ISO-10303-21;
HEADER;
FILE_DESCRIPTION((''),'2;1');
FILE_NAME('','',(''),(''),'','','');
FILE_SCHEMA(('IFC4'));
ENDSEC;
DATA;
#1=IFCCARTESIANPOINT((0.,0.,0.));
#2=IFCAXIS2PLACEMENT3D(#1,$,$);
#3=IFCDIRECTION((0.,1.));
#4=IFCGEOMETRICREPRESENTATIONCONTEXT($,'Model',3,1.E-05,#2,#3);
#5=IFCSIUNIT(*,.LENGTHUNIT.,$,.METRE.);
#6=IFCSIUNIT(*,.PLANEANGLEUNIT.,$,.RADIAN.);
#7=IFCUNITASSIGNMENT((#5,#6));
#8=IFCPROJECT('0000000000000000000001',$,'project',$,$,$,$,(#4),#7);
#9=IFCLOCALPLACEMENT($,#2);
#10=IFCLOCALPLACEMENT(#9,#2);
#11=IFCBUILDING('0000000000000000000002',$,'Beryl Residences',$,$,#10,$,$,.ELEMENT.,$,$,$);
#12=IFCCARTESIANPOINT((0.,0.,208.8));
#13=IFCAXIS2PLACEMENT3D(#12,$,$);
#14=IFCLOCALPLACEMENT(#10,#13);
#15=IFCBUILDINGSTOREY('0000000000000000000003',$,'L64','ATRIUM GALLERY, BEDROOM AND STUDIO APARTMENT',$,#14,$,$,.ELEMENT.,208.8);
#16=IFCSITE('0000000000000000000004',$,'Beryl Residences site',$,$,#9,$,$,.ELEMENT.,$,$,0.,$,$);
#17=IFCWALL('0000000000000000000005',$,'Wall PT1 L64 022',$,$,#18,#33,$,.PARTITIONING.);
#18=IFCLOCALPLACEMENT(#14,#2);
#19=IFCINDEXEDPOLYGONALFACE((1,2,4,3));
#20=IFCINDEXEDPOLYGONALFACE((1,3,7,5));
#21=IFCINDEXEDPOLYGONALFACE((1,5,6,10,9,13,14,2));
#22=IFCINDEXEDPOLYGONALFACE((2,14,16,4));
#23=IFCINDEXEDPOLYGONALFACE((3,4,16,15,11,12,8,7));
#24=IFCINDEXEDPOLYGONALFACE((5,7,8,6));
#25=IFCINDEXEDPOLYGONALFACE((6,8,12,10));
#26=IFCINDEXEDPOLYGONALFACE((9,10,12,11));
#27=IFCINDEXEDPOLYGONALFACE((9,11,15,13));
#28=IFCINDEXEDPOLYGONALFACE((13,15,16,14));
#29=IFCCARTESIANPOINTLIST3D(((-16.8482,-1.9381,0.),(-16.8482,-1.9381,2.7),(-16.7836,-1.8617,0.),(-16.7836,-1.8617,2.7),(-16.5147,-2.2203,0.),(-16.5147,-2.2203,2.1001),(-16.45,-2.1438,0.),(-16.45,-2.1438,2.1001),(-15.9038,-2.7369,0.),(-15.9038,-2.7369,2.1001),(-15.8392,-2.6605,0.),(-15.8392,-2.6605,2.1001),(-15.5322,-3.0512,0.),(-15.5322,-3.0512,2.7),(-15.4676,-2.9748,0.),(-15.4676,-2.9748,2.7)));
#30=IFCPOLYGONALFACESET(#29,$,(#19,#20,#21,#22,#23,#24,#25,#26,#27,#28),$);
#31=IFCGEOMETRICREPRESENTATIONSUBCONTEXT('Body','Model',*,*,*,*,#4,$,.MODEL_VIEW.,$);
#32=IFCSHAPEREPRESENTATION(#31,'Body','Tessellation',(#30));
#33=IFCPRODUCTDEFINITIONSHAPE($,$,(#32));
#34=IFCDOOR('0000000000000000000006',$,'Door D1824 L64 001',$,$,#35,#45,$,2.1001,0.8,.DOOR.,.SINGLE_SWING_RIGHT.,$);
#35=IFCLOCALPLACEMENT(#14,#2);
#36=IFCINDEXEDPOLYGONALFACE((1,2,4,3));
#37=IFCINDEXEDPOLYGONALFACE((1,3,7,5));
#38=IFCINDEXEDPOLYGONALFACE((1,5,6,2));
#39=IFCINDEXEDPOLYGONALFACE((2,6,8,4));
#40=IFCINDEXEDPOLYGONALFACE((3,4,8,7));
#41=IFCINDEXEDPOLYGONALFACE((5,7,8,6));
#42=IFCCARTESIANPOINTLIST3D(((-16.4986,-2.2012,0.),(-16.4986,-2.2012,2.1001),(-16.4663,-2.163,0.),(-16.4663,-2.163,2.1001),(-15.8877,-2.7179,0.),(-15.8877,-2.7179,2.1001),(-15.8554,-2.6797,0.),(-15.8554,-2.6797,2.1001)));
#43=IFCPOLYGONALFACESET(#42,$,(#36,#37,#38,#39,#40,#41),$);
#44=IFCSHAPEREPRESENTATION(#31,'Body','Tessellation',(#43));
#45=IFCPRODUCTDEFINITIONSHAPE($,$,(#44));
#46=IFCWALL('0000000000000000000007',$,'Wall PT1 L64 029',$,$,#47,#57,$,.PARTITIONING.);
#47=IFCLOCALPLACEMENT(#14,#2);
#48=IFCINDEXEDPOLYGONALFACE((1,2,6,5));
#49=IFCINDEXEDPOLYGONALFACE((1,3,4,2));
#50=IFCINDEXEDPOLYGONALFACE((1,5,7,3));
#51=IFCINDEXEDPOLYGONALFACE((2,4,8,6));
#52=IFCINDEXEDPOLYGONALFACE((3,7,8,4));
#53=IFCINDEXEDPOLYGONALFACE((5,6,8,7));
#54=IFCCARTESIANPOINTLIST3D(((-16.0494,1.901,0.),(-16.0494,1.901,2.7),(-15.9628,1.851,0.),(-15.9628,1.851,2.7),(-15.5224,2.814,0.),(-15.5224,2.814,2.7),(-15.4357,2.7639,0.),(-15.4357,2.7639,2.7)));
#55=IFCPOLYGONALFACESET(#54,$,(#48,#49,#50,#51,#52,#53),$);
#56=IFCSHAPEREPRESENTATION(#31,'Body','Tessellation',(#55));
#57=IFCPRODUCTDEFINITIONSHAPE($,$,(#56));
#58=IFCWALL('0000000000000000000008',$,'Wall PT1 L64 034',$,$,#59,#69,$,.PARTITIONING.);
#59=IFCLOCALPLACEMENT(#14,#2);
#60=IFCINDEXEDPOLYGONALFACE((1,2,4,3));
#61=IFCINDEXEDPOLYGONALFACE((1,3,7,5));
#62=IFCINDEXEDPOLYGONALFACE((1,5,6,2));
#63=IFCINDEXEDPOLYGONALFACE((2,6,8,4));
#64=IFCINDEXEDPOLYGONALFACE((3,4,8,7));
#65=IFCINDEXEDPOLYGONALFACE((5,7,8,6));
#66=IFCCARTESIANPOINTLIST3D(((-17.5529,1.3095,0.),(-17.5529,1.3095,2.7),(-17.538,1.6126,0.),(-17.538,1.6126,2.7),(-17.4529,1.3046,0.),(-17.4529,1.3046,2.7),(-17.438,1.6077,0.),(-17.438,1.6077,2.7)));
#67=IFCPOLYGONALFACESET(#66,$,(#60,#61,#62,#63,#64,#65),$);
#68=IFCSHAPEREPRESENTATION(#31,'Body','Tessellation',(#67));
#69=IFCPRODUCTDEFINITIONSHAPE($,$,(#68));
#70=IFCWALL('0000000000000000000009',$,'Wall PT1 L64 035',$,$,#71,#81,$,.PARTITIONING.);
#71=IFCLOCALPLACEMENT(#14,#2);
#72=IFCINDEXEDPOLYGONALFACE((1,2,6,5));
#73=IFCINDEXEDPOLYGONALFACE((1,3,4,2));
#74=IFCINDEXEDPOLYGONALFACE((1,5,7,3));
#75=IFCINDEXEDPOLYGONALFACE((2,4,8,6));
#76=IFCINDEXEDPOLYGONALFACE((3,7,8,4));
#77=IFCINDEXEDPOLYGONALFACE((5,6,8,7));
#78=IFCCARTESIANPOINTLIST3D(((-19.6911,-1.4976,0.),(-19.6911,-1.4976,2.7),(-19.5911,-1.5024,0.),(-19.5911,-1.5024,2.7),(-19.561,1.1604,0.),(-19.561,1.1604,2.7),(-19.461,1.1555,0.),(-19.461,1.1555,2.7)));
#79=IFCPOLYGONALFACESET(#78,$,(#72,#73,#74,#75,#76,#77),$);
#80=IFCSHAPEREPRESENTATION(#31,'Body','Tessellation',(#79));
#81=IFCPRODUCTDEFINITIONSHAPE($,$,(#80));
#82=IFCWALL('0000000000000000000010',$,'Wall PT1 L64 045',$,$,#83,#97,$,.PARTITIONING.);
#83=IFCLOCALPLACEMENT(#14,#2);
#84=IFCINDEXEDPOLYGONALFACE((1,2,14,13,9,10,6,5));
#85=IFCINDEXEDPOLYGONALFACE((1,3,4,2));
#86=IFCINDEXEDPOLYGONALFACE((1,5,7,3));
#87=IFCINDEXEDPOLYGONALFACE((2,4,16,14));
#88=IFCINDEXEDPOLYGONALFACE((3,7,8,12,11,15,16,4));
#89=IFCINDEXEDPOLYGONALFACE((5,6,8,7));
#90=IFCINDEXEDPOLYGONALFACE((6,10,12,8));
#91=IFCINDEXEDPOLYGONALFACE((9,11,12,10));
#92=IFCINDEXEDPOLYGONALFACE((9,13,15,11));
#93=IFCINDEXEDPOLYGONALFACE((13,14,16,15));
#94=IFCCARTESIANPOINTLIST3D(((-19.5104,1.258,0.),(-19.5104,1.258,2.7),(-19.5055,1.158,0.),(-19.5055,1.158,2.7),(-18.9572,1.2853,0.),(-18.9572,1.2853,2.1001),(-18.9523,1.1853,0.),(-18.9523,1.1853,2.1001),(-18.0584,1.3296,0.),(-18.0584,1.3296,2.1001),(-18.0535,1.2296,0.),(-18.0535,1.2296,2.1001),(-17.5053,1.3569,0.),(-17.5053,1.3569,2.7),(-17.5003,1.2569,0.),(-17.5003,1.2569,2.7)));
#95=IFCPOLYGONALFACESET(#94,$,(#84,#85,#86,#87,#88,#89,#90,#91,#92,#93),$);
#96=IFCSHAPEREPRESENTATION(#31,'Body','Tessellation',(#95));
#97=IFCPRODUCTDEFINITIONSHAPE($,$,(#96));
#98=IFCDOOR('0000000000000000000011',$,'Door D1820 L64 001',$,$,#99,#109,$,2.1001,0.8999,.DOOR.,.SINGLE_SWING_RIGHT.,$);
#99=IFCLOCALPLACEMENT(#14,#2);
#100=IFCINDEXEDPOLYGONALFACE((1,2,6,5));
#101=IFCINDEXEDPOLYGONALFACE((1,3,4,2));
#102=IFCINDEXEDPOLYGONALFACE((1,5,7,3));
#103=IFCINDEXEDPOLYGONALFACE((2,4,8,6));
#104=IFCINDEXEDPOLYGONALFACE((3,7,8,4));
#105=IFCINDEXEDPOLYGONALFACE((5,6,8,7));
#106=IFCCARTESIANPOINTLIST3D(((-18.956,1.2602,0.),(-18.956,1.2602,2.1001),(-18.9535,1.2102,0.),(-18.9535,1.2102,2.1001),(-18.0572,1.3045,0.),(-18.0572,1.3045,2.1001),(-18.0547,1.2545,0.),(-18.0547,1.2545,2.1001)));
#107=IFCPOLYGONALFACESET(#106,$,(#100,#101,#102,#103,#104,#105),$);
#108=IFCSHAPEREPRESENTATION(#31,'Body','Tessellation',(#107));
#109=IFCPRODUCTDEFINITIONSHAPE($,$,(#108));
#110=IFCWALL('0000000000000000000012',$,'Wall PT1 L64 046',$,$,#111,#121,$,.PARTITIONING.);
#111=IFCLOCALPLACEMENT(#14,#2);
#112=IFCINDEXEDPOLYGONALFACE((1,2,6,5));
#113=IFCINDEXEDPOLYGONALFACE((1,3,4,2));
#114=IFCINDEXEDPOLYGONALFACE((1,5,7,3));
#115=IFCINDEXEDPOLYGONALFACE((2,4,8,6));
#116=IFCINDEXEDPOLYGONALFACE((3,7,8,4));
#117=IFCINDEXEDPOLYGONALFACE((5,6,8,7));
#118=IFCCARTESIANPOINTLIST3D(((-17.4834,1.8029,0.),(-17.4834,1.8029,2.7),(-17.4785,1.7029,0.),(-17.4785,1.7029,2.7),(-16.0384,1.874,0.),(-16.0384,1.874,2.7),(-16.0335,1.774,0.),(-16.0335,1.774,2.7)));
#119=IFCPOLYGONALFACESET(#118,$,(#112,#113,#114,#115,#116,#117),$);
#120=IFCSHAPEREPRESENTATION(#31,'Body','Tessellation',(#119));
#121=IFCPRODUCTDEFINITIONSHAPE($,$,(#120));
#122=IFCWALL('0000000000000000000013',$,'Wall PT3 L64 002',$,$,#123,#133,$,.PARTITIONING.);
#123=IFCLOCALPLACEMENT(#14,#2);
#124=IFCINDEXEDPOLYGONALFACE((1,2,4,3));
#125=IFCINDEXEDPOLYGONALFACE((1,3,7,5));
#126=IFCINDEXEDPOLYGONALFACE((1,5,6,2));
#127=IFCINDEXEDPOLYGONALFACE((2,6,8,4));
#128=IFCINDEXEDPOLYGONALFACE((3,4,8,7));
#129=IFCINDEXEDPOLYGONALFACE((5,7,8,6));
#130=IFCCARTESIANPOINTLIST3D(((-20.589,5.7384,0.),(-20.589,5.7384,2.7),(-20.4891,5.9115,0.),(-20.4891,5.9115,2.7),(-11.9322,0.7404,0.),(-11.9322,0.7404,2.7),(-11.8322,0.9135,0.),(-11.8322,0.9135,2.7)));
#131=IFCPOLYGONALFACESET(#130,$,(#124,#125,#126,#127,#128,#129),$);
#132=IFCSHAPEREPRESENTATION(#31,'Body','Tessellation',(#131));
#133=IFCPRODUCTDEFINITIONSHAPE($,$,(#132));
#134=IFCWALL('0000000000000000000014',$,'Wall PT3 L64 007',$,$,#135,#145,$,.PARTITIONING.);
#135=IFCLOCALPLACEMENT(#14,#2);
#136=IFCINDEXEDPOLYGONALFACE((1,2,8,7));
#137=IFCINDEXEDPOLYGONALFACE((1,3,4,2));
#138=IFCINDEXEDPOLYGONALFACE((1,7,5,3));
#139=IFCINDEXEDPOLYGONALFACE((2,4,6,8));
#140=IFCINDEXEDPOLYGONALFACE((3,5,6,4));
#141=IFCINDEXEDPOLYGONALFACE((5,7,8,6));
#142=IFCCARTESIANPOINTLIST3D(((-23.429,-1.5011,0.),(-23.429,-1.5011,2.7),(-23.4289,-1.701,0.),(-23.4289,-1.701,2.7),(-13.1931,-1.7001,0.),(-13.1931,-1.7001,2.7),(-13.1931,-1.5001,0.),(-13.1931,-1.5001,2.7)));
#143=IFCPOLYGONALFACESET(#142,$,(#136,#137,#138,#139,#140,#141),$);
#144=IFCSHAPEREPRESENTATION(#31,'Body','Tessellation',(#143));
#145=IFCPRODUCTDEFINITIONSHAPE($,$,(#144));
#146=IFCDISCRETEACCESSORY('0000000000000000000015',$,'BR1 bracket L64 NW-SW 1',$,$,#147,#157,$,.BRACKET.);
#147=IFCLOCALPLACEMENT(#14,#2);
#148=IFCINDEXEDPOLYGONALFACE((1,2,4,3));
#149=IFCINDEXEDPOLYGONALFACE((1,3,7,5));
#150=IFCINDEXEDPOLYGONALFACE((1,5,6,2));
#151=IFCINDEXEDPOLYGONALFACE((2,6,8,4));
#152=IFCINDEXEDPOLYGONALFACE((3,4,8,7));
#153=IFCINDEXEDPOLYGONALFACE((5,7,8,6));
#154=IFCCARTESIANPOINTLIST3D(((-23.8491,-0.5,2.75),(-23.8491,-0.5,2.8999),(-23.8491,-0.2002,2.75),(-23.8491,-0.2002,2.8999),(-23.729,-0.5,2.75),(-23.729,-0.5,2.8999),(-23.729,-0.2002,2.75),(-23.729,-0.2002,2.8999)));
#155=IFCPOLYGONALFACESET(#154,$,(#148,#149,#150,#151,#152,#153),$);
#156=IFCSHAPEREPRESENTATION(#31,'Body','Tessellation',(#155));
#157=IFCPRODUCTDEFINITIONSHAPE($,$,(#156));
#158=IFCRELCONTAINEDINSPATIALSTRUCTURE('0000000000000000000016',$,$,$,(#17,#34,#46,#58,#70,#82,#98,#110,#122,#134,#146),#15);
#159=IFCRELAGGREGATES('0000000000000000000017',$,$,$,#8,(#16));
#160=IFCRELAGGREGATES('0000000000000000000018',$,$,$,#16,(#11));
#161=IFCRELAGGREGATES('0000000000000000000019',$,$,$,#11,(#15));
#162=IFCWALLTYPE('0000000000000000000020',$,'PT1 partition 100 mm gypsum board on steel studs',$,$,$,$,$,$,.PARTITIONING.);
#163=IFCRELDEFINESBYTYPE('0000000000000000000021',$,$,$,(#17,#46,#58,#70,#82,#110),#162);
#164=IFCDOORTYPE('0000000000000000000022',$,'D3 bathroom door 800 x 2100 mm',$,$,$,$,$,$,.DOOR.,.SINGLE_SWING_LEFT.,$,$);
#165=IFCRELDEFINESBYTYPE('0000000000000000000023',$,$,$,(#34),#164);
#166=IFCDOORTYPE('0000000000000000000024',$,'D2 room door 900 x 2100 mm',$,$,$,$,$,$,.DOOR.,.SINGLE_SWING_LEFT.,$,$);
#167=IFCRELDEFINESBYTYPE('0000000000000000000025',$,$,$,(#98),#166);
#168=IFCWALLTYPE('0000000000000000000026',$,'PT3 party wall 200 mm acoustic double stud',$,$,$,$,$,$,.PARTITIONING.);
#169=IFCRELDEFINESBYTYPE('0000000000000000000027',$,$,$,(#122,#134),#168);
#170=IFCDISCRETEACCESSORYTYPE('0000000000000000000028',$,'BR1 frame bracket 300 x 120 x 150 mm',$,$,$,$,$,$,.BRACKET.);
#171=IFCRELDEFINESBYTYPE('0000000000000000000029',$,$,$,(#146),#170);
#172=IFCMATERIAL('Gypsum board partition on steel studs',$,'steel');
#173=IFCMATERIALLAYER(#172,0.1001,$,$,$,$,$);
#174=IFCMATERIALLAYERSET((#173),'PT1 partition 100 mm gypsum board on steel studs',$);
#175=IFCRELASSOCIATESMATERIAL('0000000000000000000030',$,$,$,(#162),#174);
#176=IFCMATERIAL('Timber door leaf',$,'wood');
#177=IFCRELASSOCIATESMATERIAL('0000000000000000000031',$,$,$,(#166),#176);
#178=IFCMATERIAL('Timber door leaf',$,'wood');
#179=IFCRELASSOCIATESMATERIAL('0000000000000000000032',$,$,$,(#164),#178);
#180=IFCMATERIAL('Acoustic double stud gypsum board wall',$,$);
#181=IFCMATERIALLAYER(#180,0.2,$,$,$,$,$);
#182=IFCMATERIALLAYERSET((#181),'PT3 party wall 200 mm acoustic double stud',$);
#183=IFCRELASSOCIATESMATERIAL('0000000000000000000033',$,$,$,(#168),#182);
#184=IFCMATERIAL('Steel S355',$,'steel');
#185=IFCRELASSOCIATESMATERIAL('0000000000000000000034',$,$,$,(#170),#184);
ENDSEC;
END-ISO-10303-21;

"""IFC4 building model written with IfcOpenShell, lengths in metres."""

from ifc_helpers import new_model, si_unit, direction, frame, frame_2d, origin, place, context, subcontext, project, spatial, polyline, rectangle, outline, extrude, source, transform, mapped, material, layer, layer_set, type_object, type_shapes, element, fill, save


model = new_model("IFC4")

# Units and contexts
model_context = context("Model", 3, precision=1e-05, world=origin(), true_north=direction((0.0, 1.0)))
body_context = subcontext(model_context, "Body", "Model", "MODEL_VIEW")
ifc_project = project(units=[si_unit("LENGTHUNIT", "METRE"), si_unit("PLANEANGLEUNIT", "RADIAN")], contexts=[model_context])

# Site, building, storey
site_placement = place(None, origin())
site = spatial("IfcSite", under=ifc_project, at=site_placement, Name="Beryl Residences site", CompositionType="ELEMENT", RefElevation=0.0)
building_placement = place(site_placement, origin())
building = spatial("IfcBuilding", under=site, at=building_placement, Name="Beryl Residences", CompositionType="ELEMENT")
storey_placement = place(building_placement, frame((0.0, 0.0, 208.8)))
storey = spatial("IfcBuildingStorey", under=building, at=storey_placement, Name="L64", Description="ATRIUM GALLERY, BEDROOM AND STUDIO APARTMENT", CompositionType="ELEMENT", Elevation=208.8)

# Wall, opening, door
ifc_material_1 = material(Name="Gypsum board partition on steel studs", Category="steel")
ifc_layer_1 = layer(ifc_material_1, 0.1001)
ifc_layer_set_1 = layer_set([ifc_layer_1], Name="PT1 partition 100 mm gypsum board on steel studs")
wall_type_1 = type_object("IfcWallType", Name="PT1 partition 100 mm gypsum board on steel studs", PredefinedType="PARTITIONING", material=ifc_layer_set_1)
ifc_material_2 = material(Name="Timber door leaf", Category="wood")
door_type_1 = type_object("IfcDoorType", Name="D2 room door 900 x 2100 mm", OperationType="SINGLE_SWING_LEFT", PredefinedType="DOOR", material=ifc_material_2)
ifc_material_3 = material(Name="Timber door leaf", Category="wood")
door_type_2 = type_object("IfcDoorType", Name="D3 bathroom door 800 x 2100 mm", OperationType="SINGLE_SWING_LEFT", PredefinedType="DOOR", material=ifc_material_3)
wall_1_placement = place(storey_placement, frame((-16.8159, -1.8999, 0.0), z_axis=(0.0, 0.0, 1.0), x_axis=(0.76351, -0.645796, 0.0)))
wall_1 = element("IfcWall", 1, at=wall_1_placement, inside=storey, type_object=wall_type_1, Name="Wall PT1 L64 022", PredefinedType="PARTITIONING", context=body_context, shape_type="SweptSolid", body=[
    extrude(rectangle(XDim=1.7236, YDim=0.1001, at=frame_2d((0.8618, 0.0))), origin(), (0.0, 0.0, 1.0), 2.7),
])
opening_1_placement = place(wall_1_placement, frame((0.437, 0.0, 0.0)))
opening_1 = element("IfcOpeningElement", 2, at=opening_1_placement, cuts=wall_1, PredefinedType="OPENING", context=body_context, shape_type="SweptSolid", body=[
    extrude(rectangle(XDim=0.8, YDim=2.1001, at=frame_2d((0.3999, 1.05))), frame((0.0, 0.0601, 0.0), z_axis=(0.0, -1.0, 0.0), x_axis=(1.0, 0.0, 0.0)), (0.0, 0.0, 1.0), 0.1201),
])
door_1_placement = place(opening_1_placement, origin())
door_1 = element("IfcDoor", 3, at=door_1_placement, inside=storey, type_object=door_type_2, Name="Door D1824 L64 001", OperationType="SINGLE_SWING_RIGHT", OverallHeight=2.1001, OverallWidth=0.8, PredefinedType="DOOR", context=body_context, shape_type="SweptSolid", body=[
    extrude(rectangle(XDim=0.8, YDim=2.1001, at=frame_2d((0.3999, 1.05))), frame((0.0, 0.0249, 0.0), z_axis=(0.0, -1.0, 0.0), x_axis=(1.0, 0.0, 0.0)), (0.0, 0.0, 1.0), 0.05),
])
fill(opening_1, door_1)

# Walls
wall_2_placement = place(storey_placement, frame((-16.0061, 1.876, 0.0), z_axis=(0.0, 0.0, 1.0), x_axis=(0.49995, 0.866054, 0.0)))
element("IfcWall", 4, at=wall_2_placement, inside=storey, type_object=wall_type_1, Name="Wall PT1 L64 029", PredefinedType="PARTITIONING", context=body_context, shape_type="SweptSolid", body=[
    extrude(rectangle(XDim=1.0542, YDim=0.1001, at=frame_2d((0.5271, 0.0))), origin(), (0.0, 0.0, 1.0), 2.7),
])
wall_3_placement = place(storey_placement, frame((-17.5029, 1.3069, 0.0), z_axis=(0.0, 0.0, 1.0), x_axis=(0.049055, 0.998796, 0.0)))
element("IfcWall", 5, at=wall_3_placement, inside=storey, type_object=wall_type_1, Name="Wall PT1 L64 034", PredefinedType="PARTITIONING", context=body_context, shape_type="SweptSolid", body=[
    extrude(rectangle(XDim=0.3035, YDim=0.1001, at=frame_2d((0.1519, 0.0))), origin(), (0.0, 0.0, 1.0), 2.7),
])
wall_4_placement = place(storey_placement, frame((-19.6411, -1.5, 0.0), z_axis=(0.0, 0.0, 1.0), x_axis=(0.048899, 0.998804, 0.0)))
element("IfcWall", 6, at=wall_4_placement, inside=storey, type_object=wall_type_1, Name="Wall PT1 L64 035", PredefinedType="PARTITIONING", context=body_context, shape_type="SweptSolid", body=[
    extrude(rectangle(XDim=2.6611, YDim=0.1001, at=frame_2d((1.3306, 0.0))), origin(), (0.0, 0.0, 1.0), 2.7),
])

# Wall, opening, door
wall_5_placement = place(storey_placement, frame((-19.5081, 1.208, 0.0), z_axis=(0.0, 0.0, 1.0), x_axis=(0.998786, 0.049252, 0.0)))
wall_5 = element("IfcWall", 7, at=wall_5_placement, inside=storey, type_object=wall_type_1, Name="Wall PT1 L64 045", PredefinedType="PARTITIONING", context=body_context, shape_type="SweptSolid", body=[
    extrude(rectangle(XDim=2.0076, YDim=0.1001, at=frame_2d((1.0039, 0.0))), origin(), (0.0, 0.0, 1.0), 2.7),
])
opening_2_placement = place(wall_5_placement, frame((0.554, 0.0, 0.0)))
opening_2 = element("IfcOpeningElement", 8, at=opening_2_placement, cuts=wall_5, PredefinedType="OPENING", context=body_context, shape_type="SweptSolid", body=[
    extrude(rectangle(XDim=0.8999, YDim=2.1001, at=frame_2d((0.45, 1.05))), frame((0.0, 0.0601, 0.0), z_axis=(0.0, -1.0, 0.0), x_axis=(1.0, 0.0, 0.0)), (0.0, 0.0, 1.0), 0.1201),
])
door_2_placement = place(opening_2_placement, origin())
door_2 = element("IfcDoor", 9, at=door_2_placement, inside=storey, type_object=door_type_1, Name="Door D1820 L64 001", OperationType="SINGLE_SWING_RIGHT", OverallHeight=2.1001, OverallWidth=0.8999, PredefinedType="DOOR", context=body_context, shape_type="SweptSolid", body=[
    extrude(rectangle(XDim=0.8999, YDim=2.1001, at=frame_2d((0.45, 1.05))), frame((0.0, 0.0249, 0.0), z_axis=(0.0, -1.0, 0.0), x_axis=(1.0, 0.0, 0.0)), (0.0, 0.0, 1.0), 0.05),
])
fill(opening_2, door_2)

# Walls
wall_6_placement = place(storey_placement, frame((-17.481, 1.7529, 0.0), z_axis=(0.0, 0.0, 1.0), x_axis=(0.998794, 0.049104, 0.0)))
element("IfcWall", 10, at=wall_6_placement, inside=storey, type_object=wall_type_1, Name="Wall PT1 L64 046", PredefinedType="PARTITIONING", context=body_context, shape_type="SweptSolid", body=[
    extrude(rectangle(XDim=1.4468, YDim=0.1001, at=frame_2d((0.7234, 0.0))), origin(), (0.0, 0.0, 1.0), 2.7),
])
ifc_material_4 = material(Name="Acoustic double stud gypsum board wall")
ifc_layer_2 = layer(ifc_material_4, 0.2)
ifc_layer_set_2 = layer_set([ifc_layer_2], Name="PT3 party wall 200 mm acoustic double stud")
wall_type_2 = type_object("IfcWallType", Name="PT3 party wall 200 mm acoustic double stud", PredefinedType="PARTITIONING", material=ifc_layer_set_2)
wall_7_placement = place(storey_placement, frame((-20.5391, 5.825, 0.0), z_axis=(0.0, 0.0, 1.0), x_axis=(0.866028, -0.499995, 0.0)))
element("IfcWall", 11, at=wall_7_placement, inside=storey, type_object=wall_type_2, Name="Wall PT3 L64 002", PredefinedType="PARTITIONING", context=body_context, shape_type="SweptSolid", body=[
    extrude(rectangle(XDim=9.9961, YDim=0.2, at=frame_2d((4.998, 0.0))), origin(), (0.0, 0.0, 1.0), 2.7),
])
wall_8_placement = place(storey_placement, frame((-23.429, -1.6011, 0.0), z_axis=(0.0, 0.0, 1.0), x_axis=(1.0, 0.000095, 0.0)))
element("IfcWall", 12, at=wall_8_placement, inside=storey, type_object=wall_type_2, Name="Wall PT3 L64 007", PredefinedType="PARTITIONING", context=body_context, shape_type="SweptSolid", body=[
    extrude(rectangle(XDim=10.2358, YDim=0.2, at=frame_2d((5.1179, 0.0))), origin(), (0.0, 0.0, 1.0), 2.7),
])

# Discrete accessory
ifc_material_5 = material(Name="Steel S355", Category="steel")
discrete_accessory_type = type_object("IfcDiscreteAccessoryType", Name="BR1 frame bracket 300 x 120 x 150 mm", PredefinedType="BRACKET", material=ifc_material_5)
shared_shape_1 = source(origin(), body_context, "Body", "SweptSolid", [
    extrude(outline(polyline([(-0.1499, 0.0), (0.1499, 0.0), (0.1499, 0.1201), (-0.1499, 0.1201), (-0.1499, 0.0)])), origin(), (0.0, 0.0, 1.0), 0.1499),
])
type_shapes(discrete_accessory_type, [shared_shape_1])
discrete_accessory_placement = place(storey_placement, frame((-23.729, -0.3501, 2.75), z_axis=(0.0, 0.0, 1.0), x_axis=(0.0, 1.0, 0.0)))
element("IfcDiscreteAccessory", 13, at=discrete_accessory_placement, inside=storey, type_object=discrete_accessory_type, Name="BR1 bracket L64 NW-SW 1", PredefinedType="BRACKET", context=body_context, shape_type="MappedRepresentation", body=[
    mapped(shared_shape_1, transform((0.0, 0.0, 0.0))),
])

save(model, "model.ifc")
